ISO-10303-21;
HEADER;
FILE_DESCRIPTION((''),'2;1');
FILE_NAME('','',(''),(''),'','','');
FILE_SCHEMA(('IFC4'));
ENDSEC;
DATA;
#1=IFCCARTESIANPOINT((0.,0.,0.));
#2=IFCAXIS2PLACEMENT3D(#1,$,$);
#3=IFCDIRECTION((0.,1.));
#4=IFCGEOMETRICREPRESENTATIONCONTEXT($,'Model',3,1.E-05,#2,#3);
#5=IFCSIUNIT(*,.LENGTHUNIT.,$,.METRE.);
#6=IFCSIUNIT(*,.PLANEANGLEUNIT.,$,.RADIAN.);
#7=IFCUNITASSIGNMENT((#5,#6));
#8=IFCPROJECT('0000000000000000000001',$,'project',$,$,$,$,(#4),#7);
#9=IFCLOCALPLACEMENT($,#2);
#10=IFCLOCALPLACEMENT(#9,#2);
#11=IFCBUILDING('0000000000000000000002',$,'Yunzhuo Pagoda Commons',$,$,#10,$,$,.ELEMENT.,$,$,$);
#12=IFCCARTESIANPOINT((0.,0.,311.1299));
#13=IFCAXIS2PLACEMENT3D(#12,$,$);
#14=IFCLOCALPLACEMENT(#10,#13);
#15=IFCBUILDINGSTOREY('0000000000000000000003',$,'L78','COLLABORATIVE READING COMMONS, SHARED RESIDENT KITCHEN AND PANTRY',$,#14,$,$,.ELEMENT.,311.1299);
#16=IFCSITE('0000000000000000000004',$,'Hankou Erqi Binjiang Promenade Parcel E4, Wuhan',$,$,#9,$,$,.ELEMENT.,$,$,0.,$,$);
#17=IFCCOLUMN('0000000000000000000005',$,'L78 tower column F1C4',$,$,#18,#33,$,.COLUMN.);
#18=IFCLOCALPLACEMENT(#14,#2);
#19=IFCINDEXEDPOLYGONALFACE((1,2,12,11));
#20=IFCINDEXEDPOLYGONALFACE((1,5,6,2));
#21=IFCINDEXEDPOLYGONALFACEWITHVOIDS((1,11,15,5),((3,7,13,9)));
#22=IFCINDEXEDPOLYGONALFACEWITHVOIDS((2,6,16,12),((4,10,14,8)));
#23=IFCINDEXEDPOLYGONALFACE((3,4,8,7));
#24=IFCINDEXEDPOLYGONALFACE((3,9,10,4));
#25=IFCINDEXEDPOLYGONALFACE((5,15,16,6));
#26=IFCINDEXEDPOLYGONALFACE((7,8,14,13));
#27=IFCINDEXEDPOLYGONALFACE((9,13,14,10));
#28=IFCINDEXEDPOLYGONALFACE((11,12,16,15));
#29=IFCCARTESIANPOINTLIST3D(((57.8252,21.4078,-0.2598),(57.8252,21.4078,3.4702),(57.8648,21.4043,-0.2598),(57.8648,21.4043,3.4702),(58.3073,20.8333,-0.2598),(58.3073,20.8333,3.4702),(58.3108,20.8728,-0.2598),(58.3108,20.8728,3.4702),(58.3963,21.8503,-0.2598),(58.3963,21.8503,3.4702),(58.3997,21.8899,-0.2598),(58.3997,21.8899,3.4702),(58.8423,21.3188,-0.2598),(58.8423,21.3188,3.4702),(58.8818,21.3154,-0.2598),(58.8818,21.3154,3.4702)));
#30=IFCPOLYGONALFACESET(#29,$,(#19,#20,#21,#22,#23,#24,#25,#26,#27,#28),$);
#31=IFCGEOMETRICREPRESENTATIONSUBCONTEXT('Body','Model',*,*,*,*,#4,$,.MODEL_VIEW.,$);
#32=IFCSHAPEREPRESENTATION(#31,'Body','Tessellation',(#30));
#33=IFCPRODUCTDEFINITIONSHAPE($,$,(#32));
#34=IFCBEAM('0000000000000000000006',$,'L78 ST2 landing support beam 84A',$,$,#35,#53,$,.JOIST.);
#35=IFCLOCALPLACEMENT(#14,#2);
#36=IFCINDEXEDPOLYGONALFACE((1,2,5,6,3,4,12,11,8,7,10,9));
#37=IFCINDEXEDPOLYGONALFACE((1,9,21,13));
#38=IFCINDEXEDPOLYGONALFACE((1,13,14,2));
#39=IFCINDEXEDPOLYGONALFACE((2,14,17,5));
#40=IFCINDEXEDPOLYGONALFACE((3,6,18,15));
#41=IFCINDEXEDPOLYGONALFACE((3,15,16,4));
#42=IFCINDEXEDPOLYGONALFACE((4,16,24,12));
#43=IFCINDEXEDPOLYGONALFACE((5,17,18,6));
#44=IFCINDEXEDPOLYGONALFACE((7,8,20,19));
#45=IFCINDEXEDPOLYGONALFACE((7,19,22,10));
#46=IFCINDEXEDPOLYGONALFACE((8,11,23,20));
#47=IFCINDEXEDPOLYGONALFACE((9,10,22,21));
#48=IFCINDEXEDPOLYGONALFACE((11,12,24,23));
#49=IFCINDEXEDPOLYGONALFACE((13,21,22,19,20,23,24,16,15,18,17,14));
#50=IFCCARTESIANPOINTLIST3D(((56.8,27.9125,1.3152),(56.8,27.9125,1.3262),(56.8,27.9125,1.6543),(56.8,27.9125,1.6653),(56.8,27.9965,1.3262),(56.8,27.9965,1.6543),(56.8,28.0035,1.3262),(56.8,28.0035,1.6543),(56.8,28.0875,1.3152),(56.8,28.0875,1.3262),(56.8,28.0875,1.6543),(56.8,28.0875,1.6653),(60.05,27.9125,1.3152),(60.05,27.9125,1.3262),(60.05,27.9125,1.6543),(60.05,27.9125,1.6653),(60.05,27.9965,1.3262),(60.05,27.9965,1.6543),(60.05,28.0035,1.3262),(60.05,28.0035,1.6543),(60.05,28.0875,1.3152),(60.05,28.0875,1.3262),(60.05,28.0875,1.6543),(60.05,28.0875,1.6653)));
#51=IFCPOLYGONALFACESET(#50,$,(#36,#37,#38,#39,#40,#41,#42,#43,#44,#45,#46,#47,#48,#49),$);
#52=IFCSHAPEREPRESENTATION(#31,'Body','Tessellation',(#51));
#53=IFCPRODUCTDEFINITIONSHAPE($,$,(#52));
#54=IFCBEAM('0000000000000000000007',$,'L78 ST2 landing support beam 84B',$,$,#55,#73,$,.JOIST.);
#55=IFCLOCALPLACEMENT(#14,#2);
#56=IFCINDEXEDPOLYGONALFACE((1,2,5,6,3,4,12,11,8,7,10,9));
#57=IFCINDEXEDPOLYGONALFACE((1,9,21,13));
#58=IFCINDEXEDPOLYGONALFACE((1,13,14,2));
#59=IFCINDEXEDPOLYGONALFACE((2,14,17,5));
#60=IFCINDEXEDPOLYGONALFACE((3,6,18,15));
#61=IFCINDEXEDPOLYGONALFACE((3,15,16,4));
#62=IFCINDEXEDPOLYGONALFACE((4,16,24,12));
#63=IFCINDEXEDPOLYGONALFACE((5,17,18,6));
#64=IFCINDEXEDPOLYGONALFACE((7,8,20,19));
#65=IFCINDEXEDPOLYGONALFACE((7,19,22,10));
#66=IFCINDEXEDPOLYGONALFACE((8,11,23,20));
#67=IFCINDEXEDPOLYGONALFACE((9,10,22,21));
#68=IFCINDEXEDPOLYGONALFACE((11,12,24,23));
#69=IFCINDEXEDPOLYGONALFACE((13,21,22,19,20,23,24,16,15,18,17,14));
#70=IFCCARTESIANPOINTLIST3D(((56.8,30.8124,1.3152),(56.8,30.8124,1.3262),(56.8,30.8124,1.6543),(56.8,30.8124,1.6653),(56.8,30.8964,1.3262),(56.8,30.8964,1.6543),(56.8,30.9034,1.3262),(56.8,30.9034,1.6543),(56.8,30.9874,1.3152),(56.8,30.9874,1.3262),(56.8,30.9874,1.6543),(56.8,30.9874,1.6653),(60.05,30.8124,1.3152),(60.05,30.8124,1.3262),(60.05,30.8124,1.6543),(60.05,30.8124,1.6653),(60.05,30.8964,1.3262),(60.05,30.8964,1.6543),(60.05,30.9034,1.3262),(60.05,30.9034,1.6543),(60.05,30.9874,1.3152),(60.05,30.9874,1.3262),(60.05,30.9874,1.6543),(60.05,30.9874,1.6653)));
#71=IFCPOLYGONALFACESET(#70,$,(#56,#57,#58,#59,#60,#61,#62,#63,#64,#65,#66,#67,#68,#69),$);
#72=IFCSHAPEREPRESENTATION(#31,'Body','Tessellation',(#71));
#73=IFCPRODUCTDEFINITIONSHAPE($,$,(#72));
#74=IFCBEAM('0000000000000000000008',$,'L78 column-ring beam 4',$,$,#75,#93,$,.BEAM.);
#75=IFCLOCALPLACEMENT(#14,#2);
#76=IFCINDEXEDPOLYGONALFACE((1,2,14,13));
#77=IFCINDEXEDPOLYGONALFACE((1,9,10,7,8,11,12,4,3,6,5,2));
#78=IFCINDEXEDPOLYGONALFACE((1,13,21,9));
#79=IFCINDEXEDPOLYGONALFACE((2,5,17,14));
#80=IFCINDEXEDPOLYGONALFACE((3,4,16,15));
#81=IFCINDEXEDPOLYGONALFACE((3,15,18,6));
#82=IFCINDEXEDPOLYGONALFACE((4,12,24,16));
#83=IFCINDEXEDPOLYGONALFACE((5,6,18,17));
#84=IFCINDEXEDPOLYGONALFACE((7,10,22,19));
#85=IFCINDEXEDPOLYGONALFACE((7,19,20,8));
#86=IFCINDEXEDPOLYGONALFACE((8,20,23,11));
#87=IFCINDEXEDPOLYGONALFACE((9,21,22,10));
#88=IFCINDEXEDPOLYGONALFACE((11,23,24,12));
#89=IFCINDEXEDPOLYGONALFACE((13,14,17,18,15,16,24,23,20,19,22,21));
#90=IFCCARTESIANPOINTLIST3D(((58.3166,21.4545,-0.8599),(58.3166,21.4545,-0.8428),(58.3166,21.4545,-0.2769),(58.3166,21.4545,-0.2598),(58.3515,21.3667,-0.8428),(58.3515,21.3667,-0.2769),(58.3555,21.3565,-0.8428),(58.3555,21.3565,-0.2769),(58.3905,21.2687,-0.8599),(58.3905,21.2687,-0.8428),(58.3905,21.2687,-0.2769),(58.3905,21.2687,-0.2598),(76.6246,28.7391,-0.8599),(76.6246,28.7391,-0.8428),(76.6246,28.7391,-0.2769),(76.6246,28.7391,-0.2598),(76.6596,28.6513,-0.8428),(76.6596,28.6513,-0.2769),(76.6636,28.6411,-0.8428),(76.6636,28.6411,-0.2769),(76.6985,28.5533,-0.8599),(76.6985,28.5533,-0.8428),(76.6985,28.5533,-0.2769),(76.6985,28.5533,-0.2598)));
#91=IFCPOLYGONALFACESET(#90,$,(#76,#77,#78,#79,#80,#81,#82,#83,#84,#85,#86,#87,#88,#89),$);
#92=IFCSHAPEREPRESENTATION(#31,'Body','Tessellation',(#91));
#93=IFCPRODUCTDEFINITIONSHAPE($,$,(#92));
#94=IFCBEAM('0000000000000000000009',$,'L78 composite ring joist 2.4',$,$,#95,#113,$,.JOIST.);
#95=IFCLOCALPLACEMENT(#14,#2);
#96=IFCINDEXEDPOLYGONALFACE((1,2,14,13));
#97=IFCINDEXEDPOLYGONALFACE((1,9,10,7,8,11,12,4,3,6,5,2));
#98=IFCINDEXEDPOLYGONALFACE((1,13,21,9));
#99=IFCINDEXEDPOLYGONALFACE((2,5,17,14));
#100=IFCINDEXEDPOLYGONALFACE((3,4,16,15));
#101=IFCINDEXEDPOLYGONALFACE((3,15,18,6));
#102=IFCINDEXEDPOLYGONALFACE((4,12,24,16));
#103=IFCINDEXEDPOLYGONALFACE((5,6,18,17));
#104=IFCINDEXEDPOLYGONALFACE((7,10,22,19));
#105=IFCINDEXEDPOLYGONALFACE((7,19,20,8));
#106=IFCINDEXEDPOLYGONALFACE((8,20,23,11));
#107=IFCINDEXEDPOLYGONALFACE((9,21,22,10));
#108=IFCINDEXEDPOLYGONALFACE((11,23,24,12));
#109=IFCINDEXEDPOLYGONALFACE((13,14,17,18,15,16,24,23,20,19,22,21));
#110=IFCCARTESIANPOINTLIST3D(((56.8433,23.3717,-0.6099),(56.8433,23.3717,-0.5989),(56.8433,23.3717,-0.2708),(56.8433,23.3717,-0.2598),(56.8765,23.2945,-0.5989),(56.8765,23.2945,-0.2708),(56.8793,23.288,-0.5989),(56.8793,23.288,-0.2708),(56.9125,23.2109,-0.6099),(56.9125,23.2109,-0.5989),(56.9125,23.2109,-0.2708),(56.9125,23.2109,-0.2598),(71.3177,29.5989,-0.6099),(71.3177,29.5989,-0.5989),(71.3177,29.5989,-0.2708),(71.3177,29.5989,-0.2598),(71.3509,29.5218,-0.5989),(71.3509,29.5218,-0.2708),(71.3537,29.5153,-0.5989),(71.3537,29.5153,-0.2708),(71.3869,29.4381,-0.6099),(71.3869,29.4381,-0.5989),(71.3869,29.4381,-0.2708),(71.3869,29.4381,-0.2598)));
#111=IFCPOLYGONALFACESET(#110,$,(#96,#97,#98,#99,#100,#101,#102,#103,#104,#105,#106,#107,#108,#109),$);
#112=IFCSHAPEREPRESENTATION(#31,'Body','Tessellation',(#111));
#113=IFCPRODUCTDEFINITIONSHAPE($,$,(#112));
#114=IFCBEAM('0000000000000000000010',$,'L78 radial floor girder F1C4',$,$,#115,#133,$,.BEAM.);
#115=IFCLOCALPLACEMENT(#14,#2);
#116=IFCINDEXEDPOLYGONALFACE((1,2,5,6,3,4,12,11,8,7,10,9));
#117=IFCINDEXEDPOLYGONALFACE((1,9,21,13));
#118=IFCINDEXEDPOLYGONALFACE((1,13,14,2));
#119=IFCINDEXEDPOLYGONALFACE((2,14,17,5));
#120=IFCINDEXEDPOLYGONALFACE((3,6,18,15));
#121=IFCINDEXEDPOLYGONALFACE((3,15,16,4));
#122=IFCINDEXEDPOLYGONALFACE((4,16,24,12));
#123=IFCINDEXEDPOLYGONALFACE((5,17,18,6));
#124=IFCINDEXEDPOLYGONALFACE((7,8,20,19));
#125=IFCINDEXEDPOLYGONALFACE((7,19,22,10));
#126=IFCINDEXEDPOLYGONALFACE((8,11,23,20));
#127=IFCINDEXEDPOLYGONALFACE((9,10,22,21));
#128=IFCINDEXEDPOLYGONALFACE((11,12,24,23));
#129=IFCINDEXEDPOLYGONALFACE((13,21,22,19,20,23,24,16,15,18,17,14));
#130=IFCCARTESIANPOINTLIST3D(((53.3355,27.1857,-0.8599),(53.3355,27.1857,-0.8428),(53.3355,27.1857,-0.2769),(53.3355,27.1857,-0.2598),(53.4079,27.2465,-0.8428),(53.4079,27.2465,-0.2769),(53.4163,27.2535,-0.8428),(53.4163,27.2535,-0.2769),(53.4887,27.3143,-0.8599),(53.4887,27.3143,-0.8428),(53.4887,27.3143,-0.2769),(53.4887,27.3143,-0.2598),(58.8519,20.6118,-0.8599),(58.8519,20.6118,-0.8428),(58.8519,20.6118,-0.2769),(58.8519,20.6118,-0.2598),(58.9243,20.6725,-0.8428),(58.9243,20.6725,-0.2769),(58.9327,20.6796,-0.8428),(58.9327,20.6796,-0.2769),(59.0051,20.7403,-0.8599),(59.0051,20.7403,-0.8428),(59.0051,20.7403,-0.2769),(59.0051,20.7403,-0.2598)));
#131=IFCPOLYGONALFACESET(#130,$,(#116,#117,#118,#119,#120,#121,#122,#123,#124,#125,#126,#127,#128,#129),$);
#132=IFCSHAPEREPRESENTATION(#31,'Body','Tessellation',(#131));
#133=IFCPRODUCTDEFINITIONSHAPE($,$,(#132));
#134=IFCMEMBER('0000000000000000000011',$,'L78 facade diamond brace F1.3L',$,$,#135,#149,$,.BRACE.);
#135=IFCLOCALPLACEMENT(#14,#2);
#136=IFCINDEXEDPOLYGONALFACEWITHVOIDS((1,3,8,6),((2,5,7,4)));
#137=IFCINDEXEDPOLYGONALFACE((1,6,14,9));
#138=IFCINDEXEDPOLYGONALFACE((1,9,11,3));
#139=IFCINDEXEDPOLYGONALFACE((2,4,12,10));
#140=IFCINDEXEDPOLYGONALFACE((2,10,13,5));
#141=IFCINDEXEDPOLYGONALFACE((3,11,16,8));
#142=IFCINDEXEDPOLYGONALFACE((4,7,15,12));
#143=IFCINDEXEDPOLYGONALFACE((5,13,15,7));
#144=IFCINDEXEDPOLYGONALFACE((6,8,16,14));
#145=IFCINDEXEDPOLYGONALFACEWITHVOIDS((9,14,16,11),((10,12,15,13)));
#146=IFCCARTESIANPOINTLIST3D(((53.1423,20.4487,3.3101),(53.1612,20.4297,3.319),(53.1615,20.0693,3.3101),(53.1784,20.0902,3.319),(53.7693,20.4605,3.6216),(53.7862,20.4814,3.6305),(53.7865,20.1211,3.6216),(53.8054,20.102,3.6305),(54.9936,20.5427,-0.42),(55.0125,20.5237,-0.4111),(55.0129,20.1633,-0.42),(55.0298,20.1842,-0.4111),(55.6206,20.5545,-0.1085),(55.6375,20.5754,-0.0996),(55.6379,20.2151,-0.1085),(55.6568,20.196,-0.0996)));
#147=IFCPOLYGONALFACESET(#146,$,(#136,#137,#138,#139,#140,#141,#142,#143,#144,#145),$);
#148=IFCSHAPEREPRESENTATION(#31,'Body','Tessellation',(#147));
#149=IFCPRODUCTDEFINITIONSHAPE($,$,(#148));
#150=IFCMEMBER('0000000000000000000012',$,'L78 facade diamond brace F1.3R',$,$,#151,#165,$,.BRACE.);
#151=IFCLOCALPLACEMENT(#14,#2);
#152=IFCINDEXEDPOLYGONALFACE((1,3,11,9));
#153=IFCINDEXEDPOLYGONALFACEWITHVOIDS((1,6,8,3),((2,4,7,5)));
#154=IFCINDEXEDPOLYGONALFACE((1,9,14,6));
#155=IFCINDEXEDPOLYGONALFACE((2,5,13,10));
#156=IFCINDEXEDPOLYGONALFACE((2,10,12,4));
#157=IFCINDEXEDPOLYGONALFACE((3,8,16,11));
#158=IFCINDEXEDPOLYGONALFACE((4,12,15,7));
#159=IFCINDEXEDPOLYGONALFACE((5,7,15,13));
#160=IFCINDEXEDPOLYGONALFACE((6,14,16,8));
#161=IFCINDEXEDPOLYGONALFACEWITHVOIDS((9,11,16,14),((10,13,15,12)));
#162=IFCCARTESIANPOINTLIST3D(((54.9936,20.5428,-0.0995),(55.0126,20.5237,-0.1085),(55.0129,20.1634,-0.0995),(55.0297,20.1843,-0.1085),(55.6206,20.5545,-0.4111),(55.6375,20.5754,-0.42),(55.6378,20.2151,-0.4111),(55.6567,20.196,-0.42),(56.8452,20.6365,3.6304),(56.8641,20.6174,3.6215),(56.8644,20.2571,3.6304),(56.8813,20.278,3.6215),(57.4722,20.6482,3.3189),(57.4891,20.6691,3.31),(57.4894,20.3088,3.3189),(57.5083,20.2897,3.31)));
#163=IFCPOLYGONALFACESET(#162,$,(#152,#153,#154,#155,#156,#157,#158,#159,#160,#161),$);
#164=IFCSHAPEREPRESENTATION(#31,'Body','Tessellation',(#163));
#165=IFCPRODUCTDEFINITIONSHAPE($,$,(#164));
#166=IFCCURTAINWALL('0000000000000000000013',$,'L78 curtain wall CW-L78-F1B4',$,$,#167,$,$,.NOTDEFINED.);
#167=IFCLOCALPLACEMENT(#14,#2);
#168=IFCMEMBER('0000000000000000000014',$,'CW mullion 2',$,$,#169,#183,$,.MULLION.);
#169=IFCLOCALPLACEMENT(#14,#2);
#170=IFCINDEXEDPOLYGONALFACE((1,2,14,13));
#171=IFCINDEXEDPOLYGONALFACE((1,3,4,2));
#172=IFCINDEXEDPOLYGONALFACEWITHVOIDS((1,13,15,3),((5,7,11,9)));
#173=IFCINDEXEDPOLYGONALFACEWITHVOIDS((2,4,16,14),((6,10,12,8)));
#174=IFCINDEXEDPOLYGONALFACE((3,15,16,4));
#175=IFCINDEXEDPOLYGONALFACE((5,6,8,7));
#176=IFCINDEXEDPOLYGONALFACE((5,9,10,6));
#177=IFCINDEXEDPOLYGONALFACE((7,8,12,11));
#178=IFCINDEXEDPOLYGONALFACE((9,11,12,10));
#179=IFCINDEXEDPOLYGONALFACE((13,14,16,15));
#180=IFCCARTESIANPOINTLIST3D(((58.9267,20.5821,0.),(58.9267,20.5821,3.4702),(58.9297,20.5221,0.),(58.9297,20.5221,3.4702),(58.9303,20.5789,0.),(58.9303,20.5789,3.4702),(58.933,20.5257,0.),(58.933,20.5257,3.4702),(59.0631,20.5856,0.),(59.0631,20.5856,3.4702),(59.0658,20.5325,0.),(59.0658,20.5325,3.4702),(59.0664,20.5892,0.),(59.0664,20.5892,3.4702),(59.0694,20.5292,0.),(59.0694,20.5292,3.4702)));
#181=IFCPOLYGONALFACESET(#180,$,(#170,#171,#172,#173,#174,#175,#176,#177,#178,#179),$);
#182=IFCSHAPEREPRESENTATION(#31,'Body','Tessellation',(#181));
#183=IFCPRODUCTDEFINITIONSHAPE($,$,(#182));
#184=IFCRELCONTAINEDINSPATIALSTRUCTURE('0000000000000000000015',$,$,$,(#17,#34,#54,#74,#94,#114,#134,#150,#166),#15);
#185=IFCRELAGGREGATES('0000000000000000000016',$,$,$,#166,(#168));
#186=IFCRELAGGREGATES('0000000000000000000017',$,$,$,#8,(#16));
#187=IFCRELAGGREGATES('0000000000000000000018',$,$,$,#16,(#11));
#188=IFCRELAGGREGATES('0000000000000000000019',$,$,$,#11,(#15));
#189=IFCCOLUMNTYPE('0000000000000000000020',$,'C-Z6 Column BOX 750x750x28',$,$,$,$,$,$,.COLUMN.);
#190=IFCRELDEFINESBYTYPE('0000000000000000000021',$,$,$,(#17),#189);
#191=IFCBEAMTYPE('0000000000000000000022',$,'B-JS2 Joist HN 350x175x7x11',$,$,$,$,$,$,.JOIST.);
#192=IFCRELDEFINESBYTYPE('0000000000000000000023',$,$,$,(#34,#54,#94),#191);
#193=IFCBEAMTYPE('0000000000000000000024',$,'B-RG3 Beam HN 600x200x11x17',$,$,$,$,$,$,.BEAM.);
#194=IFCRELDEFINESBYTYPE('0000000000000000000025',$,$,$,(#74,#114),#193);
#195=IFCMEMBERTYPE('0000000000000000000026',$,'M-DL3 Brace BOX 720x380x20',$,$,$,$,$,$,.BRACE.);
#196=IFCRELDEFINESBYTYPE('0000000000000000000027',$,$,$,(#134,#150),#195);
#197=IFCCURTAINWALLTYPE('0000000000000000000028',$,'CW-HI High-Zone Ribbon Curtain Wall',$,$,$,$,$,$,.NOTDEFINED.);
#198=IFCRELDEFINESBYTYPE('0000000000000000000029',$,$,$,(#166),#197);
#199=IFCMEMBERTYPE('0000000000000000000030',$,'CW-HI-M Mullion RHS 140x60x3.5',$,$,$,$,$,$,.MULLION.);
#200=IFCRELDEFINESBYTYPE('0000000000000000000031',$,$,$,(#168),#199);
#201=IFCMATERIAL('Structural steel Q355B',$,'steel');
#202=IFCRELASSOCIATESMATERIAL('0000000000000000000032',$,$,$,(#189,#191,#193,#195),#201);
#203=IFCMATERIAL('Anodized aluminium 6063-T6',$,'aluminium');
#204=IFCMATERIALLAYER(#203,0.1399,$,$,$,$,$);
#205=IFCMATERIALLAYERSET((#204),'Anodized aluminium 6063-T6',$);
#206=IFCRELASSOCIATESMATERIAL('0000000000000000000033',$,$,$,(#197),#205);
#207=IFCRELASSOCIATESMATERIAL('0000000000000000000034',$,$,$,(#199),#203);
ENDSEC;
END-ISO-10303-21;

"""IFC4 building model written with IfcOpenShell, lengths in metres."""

from ifc_helpers import new_model, si_unit, direction, frame, origin, origin_2d, place, context, subcontext, project, spatial, hollow_rectangle, i_section, extrude, source, transform, mapped, material, layer, layer_set, material_profile, profile_set, type_object, element, aggregate, save


model = new_model("IFC4")

# Units and contexts
model_context = context("Model", 3, precision=1e-05, world=origin(), true_north=direction((0.0, 1.0)))
body_context = subcontext(model_context, "Body", "Model", "MODEL_VIEW")
ifc_project = project(units=[si_unit("LENGTHUNIT", "METRE"), si_unit("PLANEANGLEUNIT", "RADIAN")], contexts=[model_context])

# Site, building, storey
site_placement = place(None, origin())
site = spatial("IfcSite", under=ifc_project, at=site_placement, Name="Hankou Erqi Binjiang Promenade Parcel E4, Wuhan", CompositionType="ELEMENT", RefElevation=0.0)
building_placement = place(site_placement, origin())
building = spatial("IfcBuilding", under=site, at=building_placement, Name="Yunzhuo Pagoda Commons", CompositionType="ELEMENT")
storey_placement = place(building_placement, frame((0.0, 0.0, 311.1299)))
storey = spatial("IfcBuildingStorey", under=building, at=storey_placement, Name="L78", Description="COLLABORATIVE READING COMMONS, SHARED RESIDENT KITCHEN AND PANTRY", CompositionType="ELEMENT", Elevation=311.1299)

# Column
ifc_material_1 = material(Name="Structural steel Q355B", Category="steel")
ifc_material_profile_1 = material_profile(ifc_material_1, hollow_rectangle(XDim=0.75, YDim=0.75, WallThickness=0.0281, at=origin_2d()), Name="Structural steel Q355B")
ifc_profile_set_1 = profile_set([ifc_material_profile_1], Name="Structural steel Q355B")
column_type = type_object("IfcColumnType", Name="C-Z6 Column BOX 750x750x28", PredefinedType="COLUMN", material=ifc_profile_set_1)
shared_shape_1 = source(origin(), body_context, "Body", "SweptSolid", [
    extrude(hollow_rectangle(XDim=0.75, YDim=0.75, WallThickness=0.0281, at=origin_2d()), origin(), (0.0, 0.0, 1.0), 3.73),
])
column_placement = place(storey_placement, frame((58.3535, 21.3616, -0.2598), z_axis=(0.0, 0.0, 1.0), x_axis=(0.766044, 0.642788, 0.0)))
element("IfcColumn", 1, at=column_placement, inside=storey, type_object=column_type, Name="L78 tower column F1C4", PredefinedType="COLUMN", context=body_context, shape_type="MappedRepresentation", body=[
    mapped(shared_shape_1, transform((0.0, 0.0, 0.0), scale=1.0)),
])

# Beams
ifc_material_profile_2 = material_profile(ifc_material_1, i_section(OverallWidth=0.175, OverallDepth=0.3501, WebThickness=0.0071, FlangeThickness=0.011, at=origin_2d()), Name="Structural steel Q355B")
ifc_profile_set_2 = profile_set([ifc_material_profile_2], Name="Structural steel Q355B")
beam_type_1 = type_object("IfcBeamType", Name="B-JS2 Joist HN 350x175x7x11", PredefinedType="JOIST", material=ifc_profile_set_2)
shared_shape_2 = source(origin(), body_context, "Body", "SweptSolid", [
    extrude(i_section(OverallWidth=0.175, OverallDepth=0.3501, WebThickness=0.0071, FlangeThickness=0.011, at=origin_2d()), origin(), (0.0, 0.0, 1.0), 3.25),
])
for number, where, z_axis, x_axis, name in (
    (2, (56.8, 28.0, 1.4902), (1.0, 0.0, 0.0), (0.0, 1.0, 0.0), "L78 ST2 landing support beam 84A"),
    (3, (56.8, 30.8999, 1.4902), (1.0, 0.0, 0.0), (0.0, 1.0, 0.0), "L78 ST2 landing support beam 84B"),
):
    element("IfcBeam", number, at=place(storey_placement, frame(where, z_axis=z_axis, x_axis=x_axis)), inside=storey, type_object=beam_type_1, Name=name, PredefinedType="JOIST", context=body_context, shape_type="MappedRepresentation", body=[
        mapped(shared_shape_2, transform((0.0, 0.0, 0.0), scale=1.0)),
    ])
ifc_material_profile_3 = material_profile(ifc_material_1, i_section(OverallWidth=0.2, OverallDepth=0.6001, WebThickness=0.011, FlangeThickness=0.0171, at=origin_2d()), Name="Structural steel Q355B")
ifc_profile_set_3 = profile_set([ifc_material_profile_3], Name="Structural steel Q355B")
beam_type_2 = type_object("IfcBeamType", Name="B-RG3 Beam HN 600x200x11x17", PredefinedType="BEAM", material=ifc_profile_set_3)
shared_shape_3 = source(origin(), body_context, "Body", "SweptSolid", [
    extrude(i_section(OverallWidth=0.2, OverallDepth=0.6001, WebThickness=0.011, FlangeThickness=0.0171, at=origin_2d()), origin(), (0.0, 0.0, 1.0), 19.7041),
])
beam_1_placement = place(storey_placement, frame((58.3535, 21.3616, -0.5598), z_axis=(0.92915, 0.369702, 0.0), x_axis=(-0.369702, 0.92915, 0.0)))
element("IfcBeam", 4, at=beam_1_placement, inside=storey, type_object=beam_type_2, Name="L78 column-ring beam 4", PredefinedType="BEAM", context=body_context, shape_type="MappedRepresentation", body=[
    mapped(shared_shape_3, transform((0.0, 0.0, 0.0), scale=1.0)),
])
shared_shape_4 = source(origin(), body_context, "Body", "SweptSolid", [
    extrude(i_section(OverallWidth=0.175, OverallDepth=0.3501, WebThickness=0.0071, FlangeThickness=0.011, at=origin_2d()), origin(), (0.0, 0.0, 1.0), 15.7571),
])
beam_2_placement = place(storey_placement, frame((56.8779, 23.2913, -0.4348), z_axis=(0.918593, 0.395205, 0.0), x_axis=(-0.395205, 0.918593, 0.0)))
element("IfcBeam", 5, at=beam_2_placement, inside=storey, type_object=beam_type_1, Name="L78 composite ring joist 2.4", PredefinedType="JOIST", context=body_context, shape_type="MappedRepresentation", body=[
    mapped(shared_shape_4, transform((0.0, 0.0, 0.0), scale=1.0)),
])
shared_shape_5 = source(origin(), body_context, "Body", "SweptSolid", [
    extrude(i_section(OverallWidth=0.2, OverallDepth=0.6001, WebThickness=0.011, FlangeThickness=0.0171, at=origin_2d()), origin(), (0.0, 0.0, 1.0), 8.5818),
])
beam_3_placement = place(storey_placement, frame((58.9285, 20.676, -0.5598), z_axis=(-0.642797, 0.766037, 0.0), x_axis=(-0.766037, -0.642797, 0.0)))
element("IfcBeam", 6, at=beam_3_placement, inside=storey, type_object=beam_type_2, Name="L78 radial floor girder F1C4", PredefinedType="BEAM", context=body_context, shape_type="MappedRepresentation", body=[
    mapped(shared_shape_5, transform((0.0, 0.0, 0.0), scale=1.0)),
])

# Members
ifc_material_profile_4 = material_profile(ifc_material_1, hollow_rectangle(XDim=0.3799, YDim=0.72, WallThickness=0.02, at=origin_2d()), Name="Structural steel Q355B")
ifc_profile_set_4 = profile_set([ifc_material_profile_4], Name="Structural steel Q355B")
member_type_1 = type_object("IfcMemberType", Name="M-DL3 Brace BOX 720x380x20", PredefinedType="BRACE", material=ifc_profile_set_4)
shared_shape_6 = source(origin(), body_context, "Body", "SweptSolid", [
    extrude(hollow_rectangle(XDim=0.3799, YDim=0.72, WallThickness=0.02, at=origin_2d()), origin(), (0.0, 0.0, 1.0), 4.1653),
])
for number, where, z_axis, x_axis, name in (
    (7, (55.3252, 20.3694, -0.2598), (-0.444472, -0.022566, 0.895509), (0.050706, -0.998714, 0.0), "L78 facade diamond brace F1.3L"),
    (8, (55.3252, 20.3694, -0.2598), (0.444519, 0.022507, 0.895486), (-0.050568, 0.998721, 0.0), "L78 facade diamond brace F1.3R"),
):
    element("IfcMember", number, at=place(storey_placement, frame(where, z_axis=z_axis, x_axis=x_axis)), inside=storey, type_object=member_type_1, Name=name, PredefinedType="BRACE", context=body_context, shape_type="MappedRepresentation", body=[
        mapped(shared_shape_6, transform((0.0, 0.0, 0.0), scale=1.0)),
    ])

# Curtain wall, member
ifc_material_2 = material(Name="Anodized aluminium 6063-T6", Category="aluminium")
ifc_layer_1 = layer(ifc_material_2, 0.1399)
ifc_layer_set_1 = layer_set([ifc_layer_1], Name="Anodized aluminium 6063-T6")
curtain_wall_type = type_object("IfcCurtainWallType", Name="CW-HI High-Zone Ribbon Curtain Wall", PredefinedType="NOTDEFINED", material=ifc_layer_set_1)
curtain_wall_placement = place(storey_placement, origin())
curtain_wall = element("IfcCurtainWall", 9, at=curtain_wall_placement, inside=storey, type_object=curtain_wall_type, Name="L78 curtain wall CW-L78-F1B4", PredefinedType="NOTDEFINED")
ifc_material_profile_5 = material_profile(ifc_material_2, hollow_rectangle(XDim=0.0601, YDim=0.1399, WallThickness=0.0034, at=origin_2d()), Name="Anodized aluminium 6063-T6")
ifc_profile_set_5 = profile_set([ifc_material_profile_5], Name="Anodized aluminium 6063-T6")
member_type_2 = type_object("IfcMemberType", Name="CW-HI-M Mullion RHS 140x60x3.5", PredefinedType="MULLION", material=ifc_profile_set_5)
shared_shape_7 = source(origin(), body_context, "Body", "SweptSolid", [
    extrude(hollow_rectangle(XDim=0.0601, YDim=0.1399, WallThickness=0.0034, at=origin_2d()), origin(), (0.0, 0.0, 1.0), 3.4702),
])
member_placement = place(storey_placement, frame((58.998, 20.5557, 0.0), z_axis=(0.0, 0.0, 1.0), x_axis=(-0.050692, 0.998714, 0.0)))
member = element("IfcMember", 10, at=member_placement, type_object=member_type_2, Name="CW mullion 2", PredefinedType="MULLION", context=body_context, shape_type="MappedRepresentation", body=[
    mapped(shared_shape_7, transform((0.0, 0.0, 0.0), scale=1.0)),
])
aggregate(curtain_wall, [member])

save(model, "model.ifc")
